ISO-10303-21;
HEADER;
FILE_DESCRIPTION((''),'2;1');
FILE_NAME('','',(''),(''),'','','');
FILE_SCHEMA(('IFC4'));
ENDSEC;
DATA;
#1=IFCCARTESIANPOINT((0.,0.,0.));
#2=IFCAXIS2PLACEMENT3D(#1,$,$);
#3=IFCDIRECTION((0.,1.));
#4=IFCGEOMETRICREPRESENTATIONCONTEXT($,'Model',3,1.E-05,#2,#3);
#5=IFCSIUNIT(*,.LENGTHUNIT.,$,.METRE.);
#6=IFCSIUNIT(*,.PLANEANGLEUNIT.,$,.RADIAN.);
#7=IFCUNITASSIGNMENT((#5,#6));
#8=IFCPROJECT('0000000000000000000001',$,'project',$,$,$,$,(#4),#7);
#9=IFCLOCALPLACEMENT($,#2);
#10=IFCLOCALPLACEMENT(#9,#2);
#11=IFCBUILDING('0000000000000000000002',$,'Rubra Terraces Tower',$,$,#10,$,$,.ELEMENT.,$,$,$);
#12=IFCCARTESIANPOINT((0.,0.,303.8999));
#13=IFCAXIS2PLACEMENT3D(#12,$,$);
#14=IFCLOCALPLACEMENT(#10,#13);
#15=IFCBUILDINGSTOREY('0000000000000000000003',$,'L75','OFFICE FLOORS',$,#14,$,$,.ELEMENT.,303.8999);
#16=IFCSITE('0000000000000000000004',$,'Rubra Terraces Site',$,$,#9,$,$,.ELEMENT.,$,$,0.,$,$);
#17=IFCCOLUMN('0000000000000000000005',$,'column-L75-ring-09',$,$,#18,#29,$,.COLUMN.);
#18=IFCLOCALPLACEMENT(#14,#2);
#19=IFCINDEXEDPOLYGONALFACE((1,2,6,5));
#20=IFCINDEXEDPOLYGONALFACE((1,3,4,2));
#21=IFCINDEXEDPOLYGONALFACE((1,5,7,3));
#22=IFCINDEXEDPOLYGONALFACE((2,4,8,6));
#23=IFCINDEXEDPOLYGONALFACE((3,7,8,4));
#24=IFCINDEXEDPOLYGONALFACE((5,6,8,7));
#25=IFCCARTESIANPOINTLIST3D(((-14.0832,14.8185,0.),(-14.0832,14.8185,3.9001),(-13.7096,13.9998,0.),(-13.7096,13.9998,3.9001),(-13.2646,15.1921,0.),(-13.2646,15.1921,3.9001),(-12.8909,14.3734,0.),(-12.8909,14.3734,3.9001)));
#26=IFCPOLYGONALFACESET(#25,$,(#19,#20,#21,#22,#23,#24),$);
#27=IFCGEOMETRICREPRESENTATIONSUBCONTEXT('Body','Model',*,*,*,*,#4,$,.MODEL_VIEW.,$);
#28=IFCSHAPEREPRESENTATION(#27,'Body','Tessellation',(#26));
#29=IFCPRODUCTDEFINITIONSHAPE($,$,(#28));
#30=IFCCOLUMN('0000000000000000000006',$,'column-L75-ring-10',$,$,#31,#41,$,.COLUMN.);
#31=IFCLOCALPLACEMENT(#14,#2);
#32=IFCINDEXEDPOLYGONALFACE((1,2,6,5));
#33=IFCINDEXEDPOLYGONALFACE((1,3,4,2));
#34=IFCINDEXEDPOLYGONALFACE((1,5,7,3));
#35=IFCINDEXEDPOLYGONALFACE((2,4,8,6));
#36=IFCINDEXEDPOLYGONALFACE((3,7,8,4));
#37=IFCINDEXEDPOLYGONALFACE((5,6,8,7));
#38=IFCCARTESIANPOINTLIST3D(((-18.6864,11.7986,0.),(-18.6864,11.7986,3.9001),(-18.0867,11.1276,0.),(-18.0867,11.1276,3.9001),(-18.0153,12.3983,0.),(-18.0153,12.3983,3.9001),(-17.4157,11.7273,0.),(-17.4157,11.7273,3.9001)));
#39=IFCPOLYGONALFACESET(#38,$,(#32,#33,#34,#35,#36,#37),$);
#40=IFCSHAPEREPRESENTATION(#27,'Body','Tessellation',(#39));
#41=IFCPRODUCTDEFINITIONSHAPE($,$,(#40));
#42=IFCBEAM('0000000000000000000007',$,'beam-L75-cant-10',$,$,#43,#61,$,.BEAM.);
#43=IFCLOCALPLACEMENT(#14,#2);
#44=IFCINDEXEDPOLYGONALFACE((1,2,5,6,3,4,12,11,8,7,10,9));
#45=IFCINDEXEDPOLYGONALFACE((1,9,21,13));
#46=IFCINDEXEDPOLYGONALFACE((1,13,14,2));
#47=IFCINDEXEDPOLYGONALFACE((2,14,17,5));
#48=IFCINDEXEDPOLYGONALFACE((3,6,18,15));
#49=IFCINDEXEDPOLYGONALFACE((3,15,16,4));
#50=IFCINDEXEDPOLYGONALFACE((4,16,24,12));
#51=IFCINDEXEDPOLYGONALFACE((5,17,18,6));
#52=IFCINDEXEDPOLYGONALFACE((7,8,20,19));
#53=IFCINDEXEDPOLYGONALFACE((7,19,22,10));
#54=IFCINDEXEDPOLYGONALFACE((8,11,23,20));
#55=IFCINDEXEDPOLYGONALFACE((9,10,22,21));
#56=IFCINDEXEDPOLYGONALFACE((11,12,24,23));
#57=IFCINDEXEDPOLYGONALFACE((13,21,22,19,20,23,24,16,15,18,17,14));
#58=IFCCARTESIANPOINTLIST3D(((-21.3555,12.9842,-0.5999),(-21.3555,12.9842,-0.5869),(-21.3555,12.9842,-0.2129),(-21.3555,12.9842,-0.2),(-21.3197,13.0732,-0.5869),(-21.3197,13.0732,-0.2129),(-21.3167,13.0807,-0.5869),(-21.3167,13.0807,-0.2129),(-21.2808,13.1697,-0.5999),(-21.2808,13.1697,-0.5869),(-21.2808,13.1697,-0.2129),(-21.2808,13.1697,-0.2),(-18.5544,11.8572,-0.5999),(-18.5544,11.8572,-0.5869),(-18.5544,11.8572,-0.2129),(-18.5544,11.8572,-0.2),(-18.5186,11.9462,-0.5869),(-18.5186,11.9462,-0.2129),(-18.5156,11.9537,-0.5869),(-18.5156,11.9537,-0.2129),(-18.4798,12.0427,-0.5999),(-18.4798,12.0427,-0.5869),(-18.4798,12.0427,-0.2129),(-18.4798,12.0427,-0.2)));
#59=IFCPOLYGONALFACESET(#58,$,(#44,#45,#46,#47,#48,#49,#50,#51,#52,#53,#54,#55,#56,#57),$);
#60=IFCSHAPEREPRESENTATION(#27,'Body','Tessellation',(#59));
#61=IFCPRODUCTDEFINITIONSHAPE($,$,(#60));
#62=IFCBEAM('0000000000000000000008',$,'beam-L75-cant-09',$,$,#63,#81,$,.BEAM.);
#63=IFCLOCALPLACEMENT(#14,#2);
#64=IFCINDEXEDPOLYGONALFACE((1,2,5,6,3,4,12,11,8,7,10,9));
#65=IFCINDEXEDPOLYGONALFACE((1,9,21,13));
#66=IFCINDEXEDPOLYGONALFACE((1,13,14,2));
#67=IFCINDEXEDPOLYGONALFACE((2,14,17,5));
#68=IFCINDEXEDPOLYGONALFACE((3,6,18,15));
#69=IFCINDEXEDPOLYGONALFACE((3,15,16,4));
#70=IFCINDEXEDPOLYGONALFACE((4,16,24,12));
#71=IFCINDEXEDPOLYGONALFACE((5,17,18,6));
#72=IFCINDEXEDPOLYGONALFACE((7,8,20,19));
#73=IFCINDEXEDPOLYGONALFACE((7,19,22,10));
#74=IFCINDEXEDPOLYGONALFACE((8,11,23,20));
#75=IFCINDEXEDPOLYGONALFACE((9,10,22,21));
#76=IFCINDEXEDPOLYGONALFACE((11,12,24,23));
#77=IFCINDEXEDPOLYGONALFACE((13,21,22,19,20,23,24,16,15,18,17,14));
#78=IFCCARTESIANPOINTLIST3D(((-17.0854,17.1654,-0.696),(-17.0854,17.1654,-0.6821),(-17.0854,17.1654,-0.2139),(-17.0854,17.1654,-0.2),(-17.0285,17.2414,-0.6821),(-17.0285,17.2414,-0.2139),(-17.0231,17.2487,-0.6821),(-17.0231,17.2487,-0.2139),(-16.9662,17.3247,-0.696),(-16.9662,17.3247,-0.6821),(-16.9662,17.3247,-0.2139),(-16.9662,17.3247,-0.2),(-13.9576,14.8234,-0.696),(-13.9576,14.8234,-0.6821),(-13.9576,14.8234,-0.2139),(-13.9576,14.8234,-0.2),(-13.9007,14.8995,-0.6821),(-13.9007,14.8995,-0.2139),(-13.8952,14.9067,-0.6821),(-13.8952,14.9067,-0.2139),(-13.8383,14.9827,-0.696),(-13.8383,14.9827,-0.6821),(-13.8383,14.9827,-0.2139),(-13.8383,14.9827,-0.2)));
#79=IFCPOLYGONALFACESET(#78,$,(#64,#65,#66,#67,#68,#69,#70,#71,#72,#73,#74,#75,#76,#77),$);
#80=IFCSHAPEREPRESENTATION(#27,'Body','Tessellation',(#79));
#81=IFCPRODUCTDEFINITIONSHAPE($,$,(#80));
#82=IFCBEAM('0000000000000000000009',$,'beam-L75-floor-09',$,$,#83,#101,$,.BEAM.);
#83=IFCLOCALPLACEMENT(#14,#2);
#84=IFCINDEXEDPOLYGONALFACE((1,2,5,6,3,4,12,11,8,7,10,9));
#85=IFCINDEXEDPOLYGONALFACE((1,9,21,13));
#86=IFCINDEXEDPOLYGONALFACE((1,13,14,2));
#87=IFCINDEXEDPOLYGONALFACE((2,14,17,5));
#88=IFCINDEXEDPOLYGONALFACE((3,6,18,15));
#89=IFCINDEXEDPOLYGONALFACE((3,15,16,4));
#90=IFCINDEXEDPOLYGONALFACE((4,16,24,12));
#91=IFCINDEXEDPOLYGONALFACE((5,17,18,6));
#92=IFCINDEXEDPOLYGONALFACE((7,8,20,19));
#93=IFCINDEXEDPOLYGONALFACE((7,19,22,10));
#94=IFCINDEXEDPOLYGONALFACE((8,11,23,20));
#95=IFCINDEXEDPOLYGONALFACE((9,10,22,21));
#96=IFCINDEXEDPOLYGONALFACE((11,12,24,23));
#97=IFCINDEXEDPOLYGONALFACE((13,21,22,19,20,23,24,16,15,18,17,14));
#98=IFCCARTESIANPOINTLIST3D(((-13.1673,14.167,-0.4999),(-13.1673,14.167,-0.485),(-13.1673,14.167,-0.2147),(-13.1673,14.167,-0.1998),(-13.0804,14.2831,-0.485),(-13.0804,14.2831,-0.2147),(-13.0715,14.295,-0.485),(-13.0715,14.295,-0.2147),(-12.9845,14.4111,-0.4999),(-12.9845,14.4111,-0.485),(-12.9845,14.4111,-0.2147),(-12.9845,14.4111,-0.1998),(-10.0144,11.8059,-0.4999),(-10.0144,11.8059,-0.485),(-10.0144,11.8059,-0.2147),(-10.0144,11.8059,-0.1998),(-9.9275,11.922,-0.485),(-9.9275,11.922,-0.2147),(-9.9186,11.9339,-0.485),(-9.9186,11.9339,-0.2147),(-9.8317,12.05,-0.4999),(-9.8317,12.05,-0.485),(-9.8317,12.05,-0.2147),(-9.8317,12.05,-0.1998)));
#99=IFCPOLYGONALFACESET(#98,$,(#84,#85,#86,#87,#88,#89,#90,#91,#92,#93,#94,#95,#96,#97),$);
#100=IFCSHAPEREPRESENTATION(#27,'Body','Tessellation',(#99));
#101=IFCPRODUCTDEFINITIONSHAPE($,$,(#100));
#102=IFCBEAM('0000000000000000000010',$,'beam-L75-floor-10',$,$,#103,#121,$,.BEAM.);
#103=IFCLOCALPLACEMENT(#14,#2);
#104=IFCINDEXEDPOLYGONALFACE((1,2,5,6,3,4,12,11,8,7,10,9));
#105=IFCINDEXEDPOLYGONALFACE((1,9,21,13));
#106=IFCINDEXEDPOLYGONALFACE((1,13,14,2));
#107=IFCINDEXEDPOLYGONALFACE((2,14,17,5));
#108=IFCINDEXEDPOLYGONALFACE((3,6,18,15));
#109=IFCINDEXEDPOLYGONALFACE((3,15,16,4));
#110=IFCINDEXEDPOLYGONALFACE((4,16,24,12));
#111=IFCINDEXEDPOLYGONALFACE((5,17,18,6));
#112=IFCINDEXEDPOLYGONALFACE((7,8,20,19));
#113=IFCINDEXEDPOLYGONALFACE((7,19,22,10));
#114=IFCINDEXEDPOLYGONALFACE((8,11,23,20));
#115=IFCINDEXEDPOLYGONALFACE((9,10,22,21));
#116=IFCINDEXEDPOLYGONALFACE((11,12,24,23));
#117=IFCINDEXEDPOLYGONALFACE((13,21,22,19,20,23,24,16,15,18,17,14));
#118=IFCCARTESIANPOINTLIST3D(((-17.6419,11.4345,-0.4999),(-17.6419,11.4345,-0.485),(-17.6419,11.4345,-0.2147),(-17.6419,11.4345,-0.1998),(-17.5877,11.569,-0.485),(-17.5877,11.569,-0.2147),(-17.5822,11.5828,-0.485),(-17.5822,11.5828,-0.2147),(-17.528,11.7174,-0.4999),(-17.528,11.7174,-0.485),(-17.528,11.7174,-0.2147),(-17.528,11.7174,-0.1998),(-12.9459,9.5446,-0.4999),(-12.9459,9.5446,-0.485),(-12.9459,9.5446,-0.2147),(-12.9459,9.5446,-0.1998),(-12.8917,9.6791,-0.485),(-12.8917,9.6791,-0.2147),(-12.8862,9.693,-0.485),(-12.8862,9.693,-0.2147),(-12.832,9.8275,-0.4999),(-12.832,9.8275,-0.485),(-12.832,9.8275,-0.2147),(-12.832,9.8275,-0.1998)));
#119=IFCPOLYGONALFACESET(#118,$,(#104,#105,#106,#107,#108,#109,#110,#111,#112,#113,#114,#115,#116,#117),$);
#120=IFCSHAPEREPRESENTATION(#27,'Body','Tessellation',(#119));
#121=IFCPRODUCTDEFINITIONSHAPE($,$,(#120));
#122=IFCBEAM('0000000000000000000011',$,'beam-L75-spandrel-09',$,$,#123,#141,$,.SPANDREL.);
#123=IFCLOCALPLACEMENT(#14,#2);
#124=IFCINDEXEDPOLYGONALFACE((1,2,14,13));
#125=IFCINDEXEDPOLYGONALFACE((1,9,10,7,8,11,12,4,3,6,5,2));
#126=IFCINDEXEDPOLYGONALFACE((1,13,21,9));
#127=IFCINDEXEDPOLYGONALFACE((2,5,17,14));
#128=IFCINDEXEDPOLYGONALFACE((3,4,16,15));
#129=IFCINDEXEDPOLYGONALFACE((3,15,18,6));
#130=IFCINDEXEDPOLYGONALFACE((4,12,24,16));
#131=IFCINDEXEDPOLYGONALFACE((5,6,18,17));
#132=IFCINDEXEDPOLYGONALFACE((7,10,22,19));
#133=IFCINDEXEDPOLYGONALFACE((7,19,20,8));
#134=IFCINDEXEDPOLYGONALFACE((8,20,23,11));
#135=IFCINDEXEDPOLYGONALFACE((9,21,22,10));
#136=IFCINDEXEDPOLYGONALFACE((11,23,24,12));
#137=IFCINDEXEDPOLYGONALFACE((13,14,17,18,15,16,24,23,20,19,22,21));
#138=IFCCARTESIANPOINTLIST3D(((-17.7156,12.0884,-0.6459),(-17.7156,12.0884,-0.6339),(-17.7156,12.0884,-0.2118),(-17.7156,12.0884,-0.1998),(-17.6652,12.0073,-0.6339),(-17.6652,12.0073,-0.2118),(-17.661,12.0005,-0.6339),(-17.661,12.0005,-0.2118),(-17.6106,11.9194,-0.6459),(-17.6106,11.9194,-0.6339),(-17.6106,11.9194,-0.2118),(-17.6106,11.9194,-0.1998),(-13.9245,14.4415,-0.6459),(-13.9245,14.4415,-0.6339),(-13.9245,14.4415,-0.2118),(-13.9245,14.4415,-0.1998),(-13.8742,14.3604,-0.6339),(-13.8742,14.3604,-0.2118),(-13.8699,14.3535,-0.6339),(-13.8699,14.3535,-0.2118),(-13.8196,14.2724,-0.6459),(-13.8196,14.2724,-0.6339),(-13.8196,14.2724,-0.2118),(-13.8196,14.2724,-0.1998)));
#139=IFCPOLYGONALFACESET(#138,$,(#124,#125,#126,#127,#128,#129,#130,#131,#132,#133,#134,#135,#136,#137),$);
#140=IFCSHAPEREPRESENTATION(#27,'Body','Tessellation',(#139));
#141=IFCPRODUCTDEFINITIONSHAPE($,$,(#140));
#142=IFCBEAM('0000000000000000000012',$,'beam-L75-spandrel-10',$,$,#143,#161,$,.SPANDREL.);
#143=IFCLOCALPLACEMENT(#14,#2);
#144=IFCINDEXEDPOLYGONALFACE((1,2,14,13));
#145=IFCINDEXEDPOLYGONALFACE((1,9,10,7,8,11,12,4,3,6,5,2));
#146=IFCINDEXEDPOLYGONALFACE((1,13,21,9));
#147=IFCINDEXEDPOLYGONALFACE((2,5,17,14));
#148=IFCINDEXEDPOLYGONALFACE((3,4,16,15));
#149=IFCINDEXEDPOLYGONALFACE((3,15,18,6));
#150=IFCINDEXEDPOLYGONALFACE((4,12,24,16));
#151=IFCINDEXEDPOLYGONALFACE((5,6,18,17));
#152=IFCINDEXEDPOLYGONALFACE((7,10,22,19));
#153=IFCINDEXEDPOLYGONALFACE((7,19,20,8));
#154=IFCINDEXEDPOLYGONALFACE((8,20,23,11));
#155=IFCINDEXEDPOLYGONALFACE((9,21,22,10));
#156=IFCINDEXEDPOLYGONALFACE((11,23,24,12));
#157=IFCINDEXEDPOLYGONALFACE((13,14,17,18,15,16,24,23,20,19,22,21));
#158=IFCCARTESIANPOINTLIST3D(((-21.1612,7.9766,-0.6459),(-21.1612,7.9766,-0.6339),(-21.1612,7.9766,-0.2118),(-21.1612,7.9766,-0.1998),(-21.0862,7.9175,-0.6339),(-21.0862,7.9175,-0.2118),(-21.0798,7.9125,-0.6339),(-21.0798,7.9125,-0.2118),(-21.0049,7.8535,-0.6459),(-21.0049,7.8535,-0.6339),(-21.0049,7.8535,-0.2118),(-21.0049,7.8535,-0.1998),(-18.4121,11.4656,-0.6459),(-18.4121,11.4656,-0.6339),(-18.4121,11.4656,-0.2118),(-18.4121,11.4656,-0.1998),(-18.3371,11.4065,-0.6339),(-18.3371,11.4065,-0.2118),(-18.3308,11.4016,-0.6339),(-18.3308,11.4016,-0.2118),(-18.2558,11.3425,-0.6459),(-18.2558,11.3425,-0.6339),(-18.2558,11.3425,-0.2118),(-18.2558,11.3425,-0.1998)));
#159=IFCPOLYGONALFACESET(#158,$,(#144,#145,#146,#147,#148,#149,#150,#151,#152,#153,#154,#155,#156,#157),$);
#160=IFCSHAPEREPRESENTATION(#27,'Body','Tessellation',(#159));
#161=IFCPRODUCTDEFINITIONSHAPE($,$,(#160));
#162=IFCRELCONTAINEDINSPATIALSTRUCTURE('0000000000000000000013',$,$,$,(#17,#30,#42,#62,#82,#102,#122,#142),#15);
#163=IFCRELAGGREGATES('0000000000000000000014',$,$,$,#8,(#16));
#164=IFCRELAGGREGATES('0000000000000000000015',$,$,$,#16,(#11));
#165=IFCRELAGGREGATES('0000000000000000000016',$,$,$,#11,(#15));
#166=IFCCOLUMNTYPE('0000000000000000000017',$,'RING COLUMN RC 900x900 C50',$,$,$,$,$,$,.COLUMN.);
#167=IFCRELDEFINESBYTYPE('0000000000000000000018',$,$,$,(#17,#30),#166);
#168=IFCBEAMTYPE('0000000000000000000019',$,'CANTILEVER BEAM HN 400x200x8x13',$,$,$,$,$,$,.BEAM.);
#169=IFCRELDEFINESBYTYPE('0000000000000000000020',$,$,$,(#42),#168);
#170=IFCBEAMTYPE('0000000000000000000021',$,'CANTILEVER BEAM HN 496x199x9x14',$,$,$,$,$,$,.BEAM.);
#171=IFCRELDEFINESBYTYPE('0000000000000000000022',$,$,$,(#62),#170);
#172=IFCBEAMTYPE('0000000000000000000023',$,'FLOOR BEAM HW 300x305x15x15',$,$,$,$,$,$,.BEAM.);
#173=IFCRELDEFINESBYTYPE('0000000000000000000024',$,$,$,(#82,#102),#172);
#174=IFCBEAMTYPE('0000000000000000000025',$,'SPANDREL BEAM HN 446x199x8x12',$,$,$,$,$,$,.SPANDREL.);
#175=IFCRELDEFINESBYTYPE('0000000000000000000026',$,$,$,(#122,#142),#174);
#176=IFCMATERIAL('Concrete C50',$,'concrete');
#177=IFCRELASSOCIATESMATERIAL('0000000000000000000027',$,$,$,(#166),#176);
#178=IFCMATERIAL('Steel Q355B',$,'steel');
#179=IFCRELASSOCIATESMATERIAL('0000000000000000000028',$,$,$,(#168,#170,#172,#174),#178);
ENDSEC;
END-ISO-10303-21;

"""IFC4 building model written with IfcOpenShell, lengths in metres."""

from ifc_helpers import new_model, si_unit, direction, frame, origin, origin_2d, place, context, subcontext, project, spatial, rectangle, i_section, extrude, material, material_profile, profile_set, type_object, element, save


model = new_model("IFC4")

# Units and contexts
model_context = context("Model", 3, precision=1e-05, world=origin(), true_north=direction((0.0, 1.0)))
body_context = subcontext(model_context, "Body", "Model", "MODEL_VIEW")
ifc_project = project(units=[si_unit("LENGTHUNIT", "METRE"), si_unit("PLANEANGLEUNIT", "RADIAN")], contexts=[model_context])

# Site, building, storey
site_placement = place(None, origin())
site = spatial("IfcSite", under=ifc_project, at=site_placement, Name="Rubra Terraces Site", CompositionType="ELEMENT", RefElevation=0.0)
building_placement = place(site_placement, origin())
building = spatial("IfcBuilding", under=site, at=building_placement, Name="Rubra Terraces Tower", CompositionType="ELEMENT")
storey_placement = place(building_placement, frame((0.0, 0.0, 303.8999)))
storey = spatial("IfcBuildingStorey", under=building, at=storey_placement, Name="L75", Description="OFFICE FLOORS", CompositionType="ELEMENT", Elevation=303.8999)

# Columns
ifc_material_1 = material(Name="Concrete C50", Category="concrete")
ifc_material_profile_1 = material_profile(ifc_material_1, rectangle(XDim=0.8999, YDim=0.8999, at=origin_2d()), Name="RC 900x900")
ifc_profile_set_1 = profile_set([ifc_material_profile_1], Name="Concrete C50")
column_type = type_object("IfcColumnType", Name="RING COLUMN RC 900x900 C50", PredefinedType="COLUMN", material=ifc_profile_set_1)
for number, where, z_axis, x_axis, name in (
    (1, (-13.4871, 14.5959, 0.0), (0.0, 0.0, 1.0), (-0.909726, -0.415208, 0.0), "column-L75-ring-09"),
    (2, (-18.051, 11.7629, 0.0), (0.0, 0.0, 1.0), (-0.745642, -0.666347, 0.0), "column-L75-ring-10"),
):
    element("IfcColumn", number, at=place(storey_placement, frame(where, z_axis=z_axis, x_axis=x_axis)), inside=storey, type_object=column_type, Name=name, PredefinedType="COLUMN", context=body_context, shape_type="SweptSolid", body=[
        extrude(rectangle(XDim=0.8999, YDim=0.8999, at=origin_2d()), origin(), (0.0, 0.0, 1.0), 3.9001),
    ])

# Beams
ifc_material_2 = material(Name="Steel Q355B", Category="steel")
ifc_material_profile_2 = material_profile(ifc_material_2, i_section(OverallWidth=0.2, OverallDepth=0.3999, WebThickness=0.0081, FlangeThickness=0.0129, at=origin_2d()), Name="HN 400x200x8x13")
ifc_profile_set_2 = profile_set([ifc_material_profile_2], Name="Steel Q355B")
beam_type_1 = type_object("IfcBeamType", Name="CANTILEVER BEAM HN 400x200x8x13", PredefinedType="BEAM", material=ifc_profile_set_2)
beam_1_placement = place(storey_placement, frame((-18.5171, 11.95, -0.3999), z_axis=(-0.927728, 0.373258, 0.0), x_axis=(-0.373258, -0.927728, 0.0)))
element("IfcBeam", 3, at=beam_1_placement, inside=storey, type_object=beam_type_1, Name="beam-L75-cant-10", PredefinedType="BEAM", context=body_context, shape_type="SweptSolid", body=[
    extrude(i_section(OverallWidth=0.2, OverallDepth=0.3999, WebThickness=0.0081, FlangeThickness=0.0129, at=origin_2d()), origin(), (0.0, 0.0, 1.0), 3.0193),
])
ifc_material_profile_3 = material_profile(ifc_material_2, i_section(OverallWidth=0.199, OverallDepth=0.4961, WebThickness=0.009, FlangeThickness=0.0139, at=origin_2d()), Name="HN 496x199x9x14")
ifc_profile_set_3 = profile_set([ifc_material_profile_3], Name="Steel Q355B")
beam_type_2 = type_object("IfcBeamType", Name="CANTILEVER BEAM HN 496x199x9x14", PredefinedType="BEAM", material=ifc_profile_set_3)
beam_2_placement = place(storey_placement, frame((-13.8979, 14.9031, -0.448), z_axis=(-0.80048, 0.59936, 0.0), x_axis=(-0.59936, -0.80048, 0.0)))
element("IfcBeam", 4, at=beam_2_placement, inside=storey, type_object=beam_type_2, Name="beam-L75-cant-09", PredefinedType="BEAM", context=body_context, shape_type="SweptSolid", body=[
    extrude(i_section(OverallWidth=0.199, OverallDepth=0.4961, WebThickness=0.009, FlangeThickness=0.0139, at=origin_2d()), origin(), (0.0, 0.0, 1.0), 3.9075),
])
ifc_material_profile_4 = material_profile(ifc_material_2, i_section(OverallWidth=0.3049, OverallDepth=0.3, WebThickness=0.0149, FlangeThickness=0.0149, at=origin_2d()), Name="HW 300x305x15x15")
ifc_profile_set_4 = profile_set([ifc_material_profile_4], Name="Steel Q355B")
beam_type_3 = type_object("IfcBeamType", Name="FLOOR BEAM HW 300x305x15x15", PredefinedType="BEAM", material=ifc_profile_set_4)
beam_3_placement = place(storey_placement, frame((-13.0759, 14.2891, -0.3499), z_axis=(0.800431, -0.599425, 0.0), x_axis=(0.599425, 0.800431, 0.0)))
element("IfcBeam", 5, at=beam_3_placement, inside=storey, type_object=beam_type_3, Name="beam-L75-floor-09", PredefinedType="BEAM", context=body_context, shape_type="SweptSolid", body=[
    extrude(i_section(OverallWidth=0.3049, OverallDepth=0.3, WebThickness=0.0149, FlangeThickness=0.0149, at=origin_2d()), origin(), (0.0, 0.0, 1.0), 3.939),
])
beam_4_placement = place(storey_placement, frame((-17.585, 11.5759, -0.3499), z_axis=(0.927693, -0.373344, 0.0), x_axis=(0.373344, 0.927693, 0.0)))
element("IfcBeam", 6, at=beam_4_placement, inside=storey, type_object=beam_type_3, Name="beam-L75-floor-10", PredefinedType="BEAM", context=body_context, shape_type="SweptSolid", body=[
    extrude(i_section(OverallWidth=0.3049, OverallDepth=0.3, WebThickness=0.0149, FlangeThickness=0.0149, at=origin_2d()), origin(), (0.0, 0.0, 1.0), 5.062),
])
ifc_material_profile_5 = material_profile(ifc_material_2, i_section(OverallWidth=0.199, OverallDepth=0.446, WebThickness=0.0081, FlangeThickness=0.012, at=origin_2d()), Name="HN 446x199x8x12")
ifc_profile_set_5 = profile_set([ifc_material_profile_5], Name="Steel Q355B")
beam_type_4 = type_object("IfcBeamType", Name="SPANDREL BEAM HN 446x199x8x12", PredefinedType="SPANDREL", material=ifc_profile_set_5)
beam_5_placement = place(storey_placement, frame((-13.8721, 14.3569, -0.4229), z_axis=(-0.849642, -0.52736, 0.0), x_axis=(0.52736, -0.849642, 0.0)))
element("IfcBeam", 7, at=beam_5_placement, inside=storey, type_object=beam_type_4, Name="beam-L75-spandrel-09", PredefinedType="SPANDREL", context=body_context, shape_type="SweptSolid", body=[
    extrude(i_section(OverallWidth=0.199, OverallDepth=0.446, WebThickness=0.0081, FlangeThickness=0.012, at=origin_2d()), origin(), (0.0, 0.0, 1.0), 4.4619),
])
beam_6_placement = place(storey_placement, frame((-18.334, 11.4041, -0.4229), z_axis=(-0.618887, -0.78548, 0.0), x_axis=(0.78548, -0.618887, 0.0)))
element("IfcBeam", 8, at=beam_6_placement, inside=storey, type_object=beam_type_4, Name="beam-L75-spandrel-10", PredefinedType="SPANDREL", context=body_context, shape_type="SweptSolid", body=[
    extrude(i_section(OverallWidth=0.199, OverallDepth=0.446, WebThickness=0.0081, FlangeThickness=0.012, at=origin_2d()), origin(), (0.0, 0.0, 1.0), 4.4419),
])

save(model, "model.ifc")
